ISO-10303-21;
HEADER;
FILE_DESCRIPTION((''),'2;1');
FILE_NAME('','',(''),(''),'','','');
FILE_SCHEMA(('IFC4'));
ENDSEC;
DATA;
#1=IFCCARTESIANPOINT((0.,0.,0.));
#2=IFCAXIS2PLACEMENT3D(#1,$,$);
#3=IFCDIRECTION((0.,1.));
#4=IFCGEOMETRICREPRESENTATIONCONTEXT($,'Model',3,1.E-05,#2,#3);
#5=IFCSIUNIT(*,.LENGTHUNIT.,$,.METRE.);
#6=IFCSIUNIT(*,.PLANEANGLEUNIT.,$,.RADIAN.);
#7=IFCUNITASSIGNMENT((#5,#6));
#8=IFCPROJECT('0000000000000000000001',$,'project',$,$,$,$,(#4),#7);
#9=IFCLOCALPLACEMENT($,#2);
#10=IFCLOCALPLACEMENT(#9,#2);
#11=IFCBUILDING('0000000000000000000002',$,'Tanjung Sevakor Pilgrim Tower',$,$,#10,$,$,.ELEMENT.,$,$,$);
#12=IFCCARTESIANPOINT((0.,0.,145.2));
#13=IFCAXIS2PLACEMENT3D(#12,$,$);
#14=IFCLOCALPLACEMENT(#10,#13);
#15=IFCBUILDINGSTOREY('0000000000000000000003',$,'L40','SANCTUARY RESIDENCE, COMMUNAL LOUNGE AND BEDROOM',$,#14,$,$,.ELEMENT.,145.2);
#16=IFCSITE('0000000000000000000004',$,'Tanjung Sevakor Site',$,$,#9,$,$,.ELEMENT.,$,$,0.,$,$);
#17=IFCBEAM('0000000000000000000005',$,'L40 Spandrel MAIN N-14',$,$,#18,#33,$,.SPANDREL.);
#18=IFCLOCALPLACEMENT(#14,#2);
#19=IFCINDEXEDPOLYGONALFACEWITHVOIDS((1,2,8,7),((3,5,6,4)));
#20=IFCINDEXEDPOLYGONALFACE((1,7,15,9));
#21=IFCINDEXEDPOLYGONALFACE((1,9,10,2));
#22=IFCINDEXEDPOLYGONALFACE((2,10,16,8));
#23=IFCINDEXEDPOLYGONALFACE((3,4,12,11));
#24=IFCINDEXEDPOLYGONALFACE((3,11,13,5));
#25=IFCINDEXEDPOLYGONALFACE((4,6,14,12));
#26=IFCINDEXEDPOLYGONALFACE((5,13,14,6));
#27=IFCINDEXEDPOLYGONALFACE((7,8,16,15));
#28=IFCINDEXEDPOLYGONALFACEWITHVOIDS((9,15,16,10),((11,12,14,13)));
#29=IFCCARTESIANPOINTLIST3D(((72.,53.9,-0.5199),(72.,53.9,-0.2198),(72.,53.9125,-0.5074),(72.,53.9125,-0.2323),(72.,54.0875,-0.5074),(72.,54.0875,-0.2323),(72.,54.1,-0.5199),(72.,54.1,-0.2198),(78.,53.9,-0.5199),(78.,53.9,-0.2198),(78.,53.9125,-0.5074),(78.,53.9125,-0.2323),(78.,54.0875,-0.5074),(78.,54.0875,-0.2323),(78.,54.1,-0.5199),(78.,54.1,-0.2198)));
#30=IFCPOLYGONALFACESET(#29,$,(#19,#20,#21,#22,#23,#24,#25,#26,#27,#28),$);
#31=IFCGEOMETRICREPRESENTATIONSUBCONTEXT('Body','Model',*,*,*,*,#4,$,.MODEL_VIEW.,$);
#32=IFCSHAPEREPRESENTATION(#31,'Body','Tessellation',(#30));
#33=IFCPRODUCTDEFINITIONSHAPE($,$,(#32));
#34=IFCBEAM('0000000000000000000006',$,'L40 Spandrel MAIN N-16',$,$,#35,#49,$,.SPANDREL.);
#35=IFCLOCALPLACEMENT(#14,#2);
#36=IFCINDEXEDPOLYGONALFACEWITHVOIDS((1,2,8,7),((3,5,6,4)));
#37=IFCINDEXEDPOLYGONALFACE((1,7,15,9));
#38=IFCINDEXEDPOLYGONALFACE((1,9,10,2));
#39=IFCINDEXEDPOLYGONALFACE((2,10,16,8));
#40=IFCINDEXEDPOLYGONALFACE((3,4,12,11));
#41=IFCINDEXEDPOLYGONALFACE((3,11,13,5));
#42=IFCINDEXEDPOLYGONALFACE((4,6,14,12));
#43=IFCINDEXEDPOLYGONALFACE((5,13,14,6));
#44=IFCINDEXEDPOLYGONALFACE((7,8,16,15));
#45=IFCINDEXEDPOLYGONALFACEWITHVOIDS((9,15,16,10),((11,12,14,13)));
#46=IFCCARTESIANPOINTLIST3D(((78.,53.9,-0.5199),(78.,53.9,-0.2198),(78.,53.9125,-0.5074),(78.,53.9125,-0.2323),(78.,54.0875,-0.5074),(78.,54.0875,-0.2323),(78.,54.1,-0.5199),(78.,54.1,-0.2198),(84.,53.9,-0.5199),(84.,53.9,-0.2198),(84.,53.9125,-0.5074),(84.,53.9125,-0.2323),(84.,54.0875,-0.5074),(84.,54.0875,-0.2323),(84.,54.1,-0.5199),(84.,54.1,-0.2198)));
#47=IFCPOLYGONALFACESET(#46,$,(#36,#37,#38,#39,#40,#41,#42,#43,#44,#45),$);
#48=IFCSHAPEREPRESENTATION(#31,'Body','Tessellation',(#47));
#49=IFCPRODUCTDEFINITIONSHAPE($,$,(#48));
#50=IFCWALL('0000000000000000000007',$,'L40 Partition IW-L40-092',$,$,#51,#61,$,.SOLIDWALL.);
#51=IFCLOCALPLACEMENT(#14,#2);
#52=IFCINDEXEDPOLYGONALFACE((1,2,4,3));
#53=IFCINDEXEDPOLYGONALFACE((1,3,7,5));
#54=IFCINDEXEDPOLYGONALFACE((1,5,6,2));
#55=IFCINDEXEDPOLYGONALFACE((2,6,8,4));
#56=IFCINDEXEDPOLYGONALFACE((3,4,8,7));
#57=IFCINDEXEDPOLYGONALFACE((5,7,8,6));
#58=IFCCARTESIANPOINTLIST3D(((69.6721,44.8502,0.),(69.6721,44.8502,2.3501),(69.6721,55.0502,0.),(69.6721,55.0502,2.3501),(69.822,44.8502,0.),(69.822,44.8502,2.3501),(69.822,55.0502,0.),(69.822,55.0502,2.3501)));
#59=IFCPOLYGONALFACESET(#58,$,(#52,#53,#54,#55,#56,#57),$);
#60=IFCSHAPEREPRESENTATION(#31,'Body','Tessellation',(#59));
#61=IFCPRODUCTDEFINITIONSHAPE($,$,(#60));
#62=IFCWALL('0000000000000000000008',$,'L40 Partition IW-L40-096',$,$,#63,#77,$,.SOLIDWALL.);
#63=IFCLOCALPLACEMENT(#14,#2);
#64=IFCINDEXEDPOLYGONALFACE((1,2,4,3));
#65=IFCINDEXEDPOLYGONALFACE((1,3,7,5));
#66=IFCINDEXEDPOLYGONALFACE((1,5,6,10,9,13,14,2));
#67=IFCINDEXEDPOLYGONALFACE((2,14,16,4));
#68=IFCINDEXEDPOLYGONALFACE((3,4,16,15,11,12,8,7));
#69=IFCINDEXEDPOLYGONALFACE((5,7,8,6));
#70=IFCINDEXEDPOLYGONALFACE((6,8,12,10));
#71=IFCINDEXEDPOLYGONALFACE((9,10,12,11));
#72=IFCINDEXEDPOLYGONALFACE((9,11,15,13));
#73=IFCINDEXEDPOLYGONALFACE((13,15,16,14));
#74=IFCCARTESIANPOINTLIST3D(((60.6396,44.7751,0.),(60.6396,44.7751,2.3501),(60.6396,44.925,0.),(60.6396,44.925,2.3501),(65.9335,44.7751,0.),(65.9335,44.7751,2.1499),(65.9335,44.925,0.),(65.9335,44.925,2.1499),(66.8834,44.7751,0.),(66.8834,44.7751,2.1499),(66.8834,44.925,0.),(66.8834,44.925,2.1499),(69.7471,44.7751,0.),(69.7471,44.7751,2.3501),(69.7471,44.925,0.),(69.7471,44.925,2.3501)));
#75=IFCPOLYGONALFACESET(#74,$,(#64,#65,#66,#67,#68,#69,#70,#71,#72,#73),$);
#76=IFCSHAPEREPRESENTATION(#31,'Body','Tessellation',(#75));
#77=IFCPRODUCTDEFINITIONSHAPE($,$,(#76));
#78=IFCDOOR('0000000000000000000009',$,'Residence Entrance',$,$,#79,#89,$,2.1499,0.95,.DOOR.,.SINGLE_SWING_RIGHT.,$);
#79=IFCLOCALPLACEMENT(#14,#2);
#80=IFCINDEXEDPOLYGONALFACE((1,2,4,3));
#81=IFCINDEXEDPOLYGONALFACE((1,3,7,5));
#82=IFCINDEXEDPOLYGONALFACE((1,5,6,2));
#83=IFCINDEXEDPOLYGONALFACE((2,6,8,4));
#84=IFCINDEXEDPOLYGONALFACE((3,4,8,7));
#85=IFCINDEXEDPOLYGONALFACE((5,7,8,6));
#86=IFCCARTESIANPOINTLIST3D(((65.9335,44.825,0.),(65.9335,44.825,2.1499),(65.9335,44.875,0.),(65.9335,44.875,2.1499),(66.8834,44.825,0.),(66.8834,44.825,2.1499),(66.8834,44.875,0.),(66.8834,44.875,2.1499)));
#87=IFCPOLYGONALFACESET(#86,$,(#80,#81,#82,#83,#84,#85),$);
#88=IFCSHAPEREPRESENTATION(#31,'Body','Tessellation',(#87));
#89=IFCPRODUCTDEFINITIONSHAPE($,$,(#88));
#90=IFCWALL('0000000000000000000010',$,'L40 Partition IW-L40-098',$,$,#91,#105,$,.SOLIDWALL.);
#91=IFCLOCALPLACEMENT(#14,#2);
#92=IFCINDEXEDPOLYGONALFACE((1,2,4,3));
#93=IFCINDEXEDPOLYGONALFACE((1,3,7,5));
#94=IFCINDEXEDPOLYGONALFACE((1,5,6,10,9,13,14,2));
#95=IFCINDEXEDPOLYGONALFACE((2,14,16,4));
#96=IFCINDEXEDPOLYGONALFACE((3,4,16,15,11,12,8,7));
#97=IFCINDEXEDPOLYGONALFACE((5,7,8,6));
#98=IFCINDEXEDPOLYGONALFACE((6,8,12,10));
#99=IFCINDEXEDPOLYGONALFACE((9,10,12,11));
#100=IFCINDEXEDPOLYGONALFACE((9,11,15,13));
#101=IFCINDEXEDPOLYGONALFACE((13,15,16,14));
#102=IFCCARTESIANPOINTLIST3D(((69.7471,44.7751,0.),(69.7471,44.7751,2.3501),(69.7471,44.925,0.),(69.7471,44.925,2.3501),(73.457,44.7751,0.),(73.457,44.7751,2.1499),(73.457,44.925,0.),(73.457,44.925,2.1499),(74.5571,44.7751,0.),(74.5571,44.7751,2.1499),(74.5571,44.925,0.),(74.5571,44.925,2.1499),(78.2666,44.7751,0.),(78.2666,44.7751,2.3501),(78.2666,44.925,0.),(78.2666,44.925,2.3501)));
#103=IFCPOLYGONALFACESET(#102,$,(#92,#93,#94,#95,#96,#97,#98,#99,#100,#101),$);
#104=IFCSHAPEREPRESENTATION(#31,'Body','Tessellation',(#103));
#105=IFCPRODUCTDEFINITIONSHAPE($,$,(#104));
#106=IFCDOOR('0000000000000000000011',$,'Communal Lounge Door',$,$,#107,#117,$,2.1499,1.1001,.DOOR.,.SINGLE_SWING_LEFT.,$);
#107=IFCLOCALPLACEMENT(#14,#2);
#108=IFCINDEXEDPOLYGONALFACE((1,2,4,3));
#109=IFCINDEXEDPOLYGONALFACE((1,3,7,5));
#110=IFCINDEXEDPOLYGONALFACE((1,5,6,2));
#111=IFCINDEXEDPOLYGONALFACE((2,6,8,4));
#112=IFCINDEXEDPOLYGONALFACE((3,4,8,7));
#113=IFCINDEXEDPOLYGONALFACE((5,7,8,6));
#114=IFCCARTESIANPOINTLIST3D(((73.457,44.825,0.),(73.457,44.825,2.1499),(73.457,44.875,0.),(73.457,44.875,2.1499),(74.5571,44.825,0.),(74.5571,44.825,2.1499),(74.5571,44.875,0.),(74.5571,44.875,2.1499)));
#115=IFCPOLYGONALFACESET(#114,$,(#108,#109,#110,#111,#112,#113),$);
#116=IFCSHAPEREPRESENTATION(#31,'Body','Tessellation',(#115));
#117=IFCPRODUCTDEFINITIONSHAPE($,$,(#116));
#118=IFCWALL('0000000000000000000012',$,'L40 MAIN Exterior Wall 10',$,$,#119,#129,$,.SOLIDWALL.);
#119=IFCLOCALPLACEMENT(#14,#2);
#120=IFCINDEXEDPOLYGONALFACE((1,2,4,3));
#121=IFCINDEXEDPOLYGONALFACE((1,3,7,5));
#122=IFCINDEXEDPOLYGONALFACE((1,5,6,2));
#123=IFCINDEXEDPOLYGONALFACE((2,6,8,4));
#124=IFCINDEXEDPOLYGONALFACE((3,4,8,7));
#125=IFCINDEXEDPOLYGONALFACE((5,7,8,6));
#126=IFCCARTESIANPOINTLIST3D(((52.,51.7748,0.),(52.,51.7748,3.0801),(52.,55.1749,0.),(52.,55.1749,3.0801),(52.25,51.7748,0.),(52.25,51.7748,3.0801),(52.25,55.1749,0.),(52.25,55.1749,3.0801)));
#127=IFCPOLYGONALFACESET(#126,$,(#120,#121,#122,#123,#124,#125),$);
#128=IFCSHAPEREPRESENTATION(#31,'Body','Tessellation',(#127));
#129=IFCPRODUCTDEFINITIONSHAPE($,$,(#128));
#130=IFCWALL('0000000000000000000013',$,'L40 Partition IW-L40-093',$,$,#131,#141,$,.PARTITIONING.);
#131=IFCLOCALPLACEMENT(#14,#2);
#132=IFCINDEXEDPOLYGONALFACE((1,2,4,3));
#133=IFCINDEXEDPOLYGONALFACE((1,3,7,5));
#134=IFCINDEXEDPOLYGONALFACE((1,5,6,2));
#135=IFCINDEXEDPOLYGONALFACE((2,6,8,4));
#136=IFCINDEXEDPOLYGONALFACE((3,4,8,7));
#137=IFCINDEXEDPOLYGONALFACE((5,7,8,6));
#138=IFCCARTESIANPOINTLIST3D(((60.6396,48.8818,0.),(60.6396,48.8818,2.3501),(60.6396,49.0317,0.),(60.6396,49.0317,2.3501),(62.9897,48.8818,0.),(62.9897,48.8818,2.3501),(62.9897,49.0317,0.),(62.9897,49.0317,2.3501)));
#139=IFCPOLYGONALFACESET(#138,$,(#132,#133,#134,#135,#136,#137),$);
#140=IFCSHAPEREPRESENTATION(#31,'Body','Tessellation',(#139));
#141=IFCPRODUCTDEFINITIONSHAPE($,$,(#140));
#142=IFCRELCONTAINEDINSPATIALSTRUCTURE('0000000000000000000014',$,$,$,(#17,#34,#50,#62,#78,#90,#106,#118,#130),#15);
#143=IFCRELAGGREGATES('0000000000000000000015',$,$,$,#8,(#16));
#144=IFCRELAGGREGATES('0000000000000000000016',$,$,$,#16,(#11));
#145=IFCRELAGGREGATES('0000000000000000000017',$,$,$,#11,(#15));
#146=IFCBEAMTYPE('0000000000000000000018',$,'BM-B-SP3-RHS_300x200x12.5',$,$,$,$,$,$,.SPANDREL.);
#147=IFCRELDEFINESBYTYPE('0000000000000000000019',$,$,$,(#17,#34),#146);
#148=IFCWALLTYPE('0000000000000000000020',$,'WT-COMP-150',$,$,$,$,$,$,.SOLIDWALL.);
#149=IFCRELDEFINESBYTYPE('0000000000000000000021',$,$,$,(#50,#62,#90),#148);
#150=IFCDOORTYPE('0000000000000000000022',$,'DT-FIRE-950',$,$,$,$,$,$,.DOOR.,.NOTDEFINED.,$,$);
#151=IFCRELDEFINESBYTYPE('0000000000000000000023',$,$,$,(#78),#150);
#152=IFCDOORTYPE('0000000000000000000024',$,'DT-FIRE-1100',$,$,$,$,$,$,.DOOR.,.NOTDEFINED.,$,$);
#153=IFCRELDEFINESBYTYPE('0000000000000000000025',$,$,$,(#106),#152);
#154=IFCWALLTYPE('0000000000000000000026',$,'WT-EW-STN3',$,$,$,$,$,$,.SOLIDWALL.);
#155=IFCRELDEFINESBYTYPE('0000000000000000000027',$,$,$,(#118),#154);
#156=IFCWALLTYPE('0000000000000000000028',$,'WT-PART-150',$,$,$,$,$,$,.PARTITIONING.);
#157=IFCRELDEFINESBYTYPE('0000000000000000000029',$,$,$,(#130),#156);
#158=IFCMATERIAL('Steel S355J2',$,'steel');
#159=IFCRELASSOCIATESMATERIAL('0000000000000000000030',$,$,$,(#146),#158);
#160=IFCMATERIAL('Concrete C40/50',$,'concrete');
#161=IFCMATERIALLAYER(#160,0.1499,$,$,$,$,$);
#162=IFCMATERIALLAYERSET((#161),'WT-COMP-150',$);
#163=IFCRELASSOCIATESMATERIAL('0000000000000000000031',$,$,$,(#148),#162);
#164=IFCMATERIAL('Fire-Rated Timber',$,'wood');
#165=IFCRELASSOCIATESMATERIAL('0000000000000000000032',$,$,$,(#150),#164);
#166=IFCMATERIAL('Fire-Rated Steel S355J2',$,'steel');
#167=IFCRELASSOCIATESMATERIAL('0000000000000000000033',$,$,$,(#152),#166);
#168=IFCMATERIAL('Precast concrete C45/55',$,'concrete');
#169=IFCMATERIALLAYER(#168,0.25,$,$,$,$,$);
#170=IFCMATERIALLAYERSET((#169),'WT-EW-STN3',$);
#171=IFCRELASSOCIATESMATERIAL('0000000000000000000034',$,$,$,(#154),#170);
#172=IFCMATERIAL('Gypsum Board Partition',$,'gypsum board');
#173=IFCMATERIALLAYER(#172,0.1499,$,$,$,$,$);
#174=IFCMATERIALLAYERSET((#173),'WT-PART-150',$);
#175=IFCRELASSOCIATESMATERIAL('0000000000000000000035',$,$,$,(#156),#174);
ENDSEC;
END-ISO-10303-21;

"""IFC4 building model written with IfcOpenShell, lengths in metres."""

from ifc_helpers import new_model, si_unit, direction, frame, frame_2d, origin, origin_2d, place, context, subcontext, project, spatial, rectangle, hollow_rectangle, extrude, material, layer, layer_set, material_profile, profile_set, type_object, element, fill, save


model = new_model("IFC4")

# Units and contexts
model_context = context("Model", 3, precision=1e-05, world=origin(), true_north=direction((0.0, 1.0)))
body_context = subcontext(model_context, "Body", "Model", "MODEL_VIEW")
ifc_project = project(units=[si_unit("LENGTHUNIT", "METRE"), si_unit("PLANEANGLEUNIT", "RADIAN")], contexts=[model_context])

# Site, building, storey
site_placement = place(None, origin())
site = spatial("IfcSite", under=ifc_project, at=site_placement, Name="Tanjung Sevakor Site", CompositionType="ELEMENT", RefElevation=0.0)
building_placement = place(site_placement, origin())
building = spatial("IfcBuilding", under=site, at=building_placement, Name="Tanjung Sevakor Pilgrim Tower", CompositionType="ELEMENT")
storey_placement = place(building_placement, frame((0.0, 0.0, 145.2)))
storey = spatial("IfcBuildingStorey", under=building, at=storey_placement, Name="L40", Description="SANCTUARY RESIDENCE, COMMUNAL LOUNGE AND BEDROOM", CompositionType="ELEMENT", Elevation=145.2)

# Beams
ifc_material_1 = material(Name="Steel S355J2", Category="steel")
ifc_material_profile_1 = material_profile(ifc_material_1, hollow_rectangle(XDim=0.2, YDim=0.3, WallThickness=0.0125, at=origin_2d()))
ifc_profile_set_1 = profile_set([ifc_material_profile_1], Name="Steel S355J2")
beam_type_1 = type_object("IfcBeamType", Name="BM-B-SP3-RHS_300x200x12.5", PredefinedType="SPANDREL", material=ifc_profile_set_1)
for number, where, z_axis, x_axis, name in (
    (1, (72.0, 54.0, -0.3699), (1.0, 0.0, 0.0), (0.0, 1.0, 0.0), "L40 Spandrel MAIN N-14"),
    (2, (78.0, 54.0, -0.3699), (1.0, 0.0, 0.0), (0.0, 1.0, 0.0), "L40 Spandrel MAIN N-16"),
):
    element("IfcBeam", number, at=place(storey_placement, frame(where, z_axis=z_axis, x_axis=x_axis)), inside=storey, type_object=beam_type_1, Name=name, PredefinedType="SPANDREL", context=body_context, shape_type="SweptSolid", body=[
        extrude(hollow_rectangle(XDim=0.2, YDim=0.3, WallThickness=0.0125, at=origin_2d()), origin(), (0.0, 0.0, 1.0), 6.0),
    ])

# Wall
ifc_material_2 = material(Name="Concrete C40/50", Category="concrete")
ifc_layer_1 = layer(ifc_material_2, 0.1499)
ifc_layer_set_1 = layer_set([ifc_layer_1], Name="WT-COMP-150")
wall_type_1 = type_object("IfcWallType", Name="WT-COMP-150", PredefinedType="SOLIDWALL", material=ifc_layer_set_1)
wall_1_placement = place(storey_placement, frame((69.7471, 44.8501, 0.0), z_axis=(0.0, 0.0, 1.0), x_axis=(0.0, 1.0, 0.0)))
element("IfcWall", 3, at=wall_1_placement, inside=storey, type_object=wall_type_1, Name="L40 Partition IW-L40-092", PredefinedType="SOLIDWALL", context=body_context, shape_type="SweptSolid", body=[
    extrude(rectangle(XDim=10.2, YDim=0.1499, at=frame_2d((5.1001, 0.0))), origin(), (0.0, 0.0, 1.0), 2.3501),
])

# Walls, openings, doors
wall_2_placement = place(storey_placement, frame((60.6396, 44.8501, 0.0), z_axis=(0.0, 0.0, 1.0), x_axis=(1.0, 0.0, 0.0)))
wall_2 = element("IfcWall", 4, at=wall_2_placement, inside=storey, type_object=wall_type_1, Name="L40 Partition IW-L40-096", PredefinedType="SOLIDWALL", context=body_context, shape_type="SweptSolid", body=[
    extrude(rectangle(XDim=9.1074, YDim=0.1499, at=frame_2d((4.5537, 0.0))), origin(), (0.0, 0.0, 1.0), 2.3501),
])
opening_1_placement = place(wall_2_placement, frame((5.2937, 0.0, 0.0)))
opening_1 = element("IfcOpeningElement", 5, at=opening_1_placement, cuts=wall_2, PredefinedType="OPENING", context=body_context, shape_type="SweptSolid", body=[
    extrude(rectangle(XDim=0.95, YDim=2.1499, at=frame_2d((0.4751, 1.075))), frame((0.0, 0.085, 0.0), z_axis=(0.0, -1.0, 0.0), x_axis=(1.0, 0.0, 0.0)), (0.0, 0.0, 1.0), 0.1699),
])
ifc_material_3 = material(Name="Fire-Rated Timber", Category="wood")
door_type_1 = type_object("IfcDoorType", Name="DT-FIRE-950", OperationType="NOTDEFINED", PredefinedType="DOOR", material=ifc_material_3)
door_1_placement = place(opening_1_placement, origin())
door_1 = element("IfcDoor", 6, at=door_1_placement, inside=storey, type_object=door_type_1, Name="Residence Entrance", OperationType="SINGLE_SWING_RIGHT", OverallHeight=2.1499, OverallWidth=0.95, PredefinedType="DOOR", context=body_context, shape_type="SweptSolid", body=[
    extrude(rectangle(XDim=0.95, YDim=2.1499, at=frame_2d((0.4751, 1.075))), frame((0.0, 0.0249, 0.0), z_axis=(0.0, -1.0, 0.0), x_axis=(1.0, 0.0, 0.0)), (0.0, 0.0, 1.0), 0.05),
])
fill(opening_1, door_1)
wall_3_placement = place(storey_placement, frame((69.7471, 44.8501, 0.0), z_axis=(0.0, 0.0, 1.0), x_axis=(1.0, 0.0, 0.0)))
wall_3 = element("IfcWall", 7, at=wall_3_placement, inside=storey, type_object=wall_type_1, Name="L40 Partition IW-L40-098", PredefinedType="SOLIDWALL", context=body_context, shape_type="SweptSolid", body=[
    extrude(rectangle(XDim=8.5195, YDim=0.1499, at=frame_2d((4.2598, 0.0))), origin(), (0.0, 0.0, 1.0), 2.3501),
])
opening_2_placement = place(wall_3_placement, frame((3.71, 0.0, 0.0)))
opening_2 = element("IfcOpeningElement", 8, at=opening_2_placement, cuts=wall_3, PredefinedType="OPENING", context=body_context, shape_type="SweptSolid", body=[
    extrude(rectangle(XDim=1.1001, YDim=2.1499, at=frame_2d((0.55, 1.075))), frame((0.0, 0.085, 0.0), z_axis=(0.0, -1.0, 0.0), x_axis=(1.0, 0.0, 0.0)), (0.0, 0.0, 1.0), 0.1699),
])
ifc_material_4 = material(Name="Fire-Rated Steel S355J2", Category="steel")
door_type_2 = type_object("IfcDoorType", Name="DT-FIRE-1100", OperationType="NOTDEFINED", PredefinedType="DOOR", material=ifc_material_4)
door_2_placement = place(opening_2_placement, origin())
door_2 = element("IfcDoor", 9, at=door_2_placement, inside=storey, type_object=door_type_2, Name="Communal Lounge Door", OperationType="SINGLE_SWING_LEFT", OverallHeight=2.1499, OverallWidth=1.1001, PredefinedType="DOOR", context=body_context, shape_type="SweptSolid", body=[
    extrude(rectangle(XDim=1.1001, YDim=2.1499, at=frame_2d((0.55, 1.075))), frame((0.0, 0.0249, 0.0), z_axis=(0.0, -1.0, 0.0), x_axis=(1.0, 0.0, 0.0)), (0.0, 0.0, 1.0), 0.05),
])
fill(opening_2, door_2)

# Walls
ifc_material_5 = material(Name="Precast concrete C45/55", Category="concrete")
ifc_layer_2 = layer(ifc_material_5, 0.25)
ifc_layer_set_2 = layer_set([ifc_layer_2], Name="WT-EW-STN3")
wall_type_2 = type_object("IfcWallType", Name="WT-EW-STN3", PredefinedType="SOLIDWALL", material=ifc_layer_set_2)
wall_4_placement = place(storey_placement, frame((52.125, 55.175, 0.0), z_axis=(0.0, 0.0, 1.0), x_axis=(0.0, -1.0, 0.0)))
element("IfcWall", 10, at=wall_4_placement, inside=storey, type_object=wall_type_2, Name="L40 MAIN Exterior Wall 10", PredefinedType="SOLIDWALL", context=body_context, shape_type="SweptSolid", body=[
    extrude(rectangle(XDim=3.4001, YDim=0.25, at=frame_2d((1.7002, 0.0))), origin(), (0.0, 0.0, 1.0), 3.0801),
])
ifc_material_6 = material(Name="Gypsum Board Partition", Category="gypsum board")
ifc_layer_3 = layer(ifc_material_6, 0.1499)
ifc_layer_set_3 = layer_set([ifc_layer_3], Name="WT-PART-150")
wall_type_3 = type_object("IfcWallType", Name="WT-PART-150", PredefinedType="PARTITIONING", material=ifc_layer_set_3)
wall_5_placement = place(storey_placement, frame((60.6396, 48.9568, 0.0), z_axis=(0.0, 0.0, 1.0), x_axis=(1.0, 0.0, 0.0)))
element("IfcWall", 11, at=wall_5_placement, inside=storey, type_object=wall_type_3, Name="L40 Partition IW-L40-093", PredefinedType="PARTITIONING", context=body_context, shape_type="SweptSolid", body=[
    extrude(rectangle(XDim=2.3501, YDim=0.1499, at=frame_2d((1.175, 0.0))), origin(), (0.0, 0.0, 1.0), 2.3501),
])

save(model, "model.ifc")
